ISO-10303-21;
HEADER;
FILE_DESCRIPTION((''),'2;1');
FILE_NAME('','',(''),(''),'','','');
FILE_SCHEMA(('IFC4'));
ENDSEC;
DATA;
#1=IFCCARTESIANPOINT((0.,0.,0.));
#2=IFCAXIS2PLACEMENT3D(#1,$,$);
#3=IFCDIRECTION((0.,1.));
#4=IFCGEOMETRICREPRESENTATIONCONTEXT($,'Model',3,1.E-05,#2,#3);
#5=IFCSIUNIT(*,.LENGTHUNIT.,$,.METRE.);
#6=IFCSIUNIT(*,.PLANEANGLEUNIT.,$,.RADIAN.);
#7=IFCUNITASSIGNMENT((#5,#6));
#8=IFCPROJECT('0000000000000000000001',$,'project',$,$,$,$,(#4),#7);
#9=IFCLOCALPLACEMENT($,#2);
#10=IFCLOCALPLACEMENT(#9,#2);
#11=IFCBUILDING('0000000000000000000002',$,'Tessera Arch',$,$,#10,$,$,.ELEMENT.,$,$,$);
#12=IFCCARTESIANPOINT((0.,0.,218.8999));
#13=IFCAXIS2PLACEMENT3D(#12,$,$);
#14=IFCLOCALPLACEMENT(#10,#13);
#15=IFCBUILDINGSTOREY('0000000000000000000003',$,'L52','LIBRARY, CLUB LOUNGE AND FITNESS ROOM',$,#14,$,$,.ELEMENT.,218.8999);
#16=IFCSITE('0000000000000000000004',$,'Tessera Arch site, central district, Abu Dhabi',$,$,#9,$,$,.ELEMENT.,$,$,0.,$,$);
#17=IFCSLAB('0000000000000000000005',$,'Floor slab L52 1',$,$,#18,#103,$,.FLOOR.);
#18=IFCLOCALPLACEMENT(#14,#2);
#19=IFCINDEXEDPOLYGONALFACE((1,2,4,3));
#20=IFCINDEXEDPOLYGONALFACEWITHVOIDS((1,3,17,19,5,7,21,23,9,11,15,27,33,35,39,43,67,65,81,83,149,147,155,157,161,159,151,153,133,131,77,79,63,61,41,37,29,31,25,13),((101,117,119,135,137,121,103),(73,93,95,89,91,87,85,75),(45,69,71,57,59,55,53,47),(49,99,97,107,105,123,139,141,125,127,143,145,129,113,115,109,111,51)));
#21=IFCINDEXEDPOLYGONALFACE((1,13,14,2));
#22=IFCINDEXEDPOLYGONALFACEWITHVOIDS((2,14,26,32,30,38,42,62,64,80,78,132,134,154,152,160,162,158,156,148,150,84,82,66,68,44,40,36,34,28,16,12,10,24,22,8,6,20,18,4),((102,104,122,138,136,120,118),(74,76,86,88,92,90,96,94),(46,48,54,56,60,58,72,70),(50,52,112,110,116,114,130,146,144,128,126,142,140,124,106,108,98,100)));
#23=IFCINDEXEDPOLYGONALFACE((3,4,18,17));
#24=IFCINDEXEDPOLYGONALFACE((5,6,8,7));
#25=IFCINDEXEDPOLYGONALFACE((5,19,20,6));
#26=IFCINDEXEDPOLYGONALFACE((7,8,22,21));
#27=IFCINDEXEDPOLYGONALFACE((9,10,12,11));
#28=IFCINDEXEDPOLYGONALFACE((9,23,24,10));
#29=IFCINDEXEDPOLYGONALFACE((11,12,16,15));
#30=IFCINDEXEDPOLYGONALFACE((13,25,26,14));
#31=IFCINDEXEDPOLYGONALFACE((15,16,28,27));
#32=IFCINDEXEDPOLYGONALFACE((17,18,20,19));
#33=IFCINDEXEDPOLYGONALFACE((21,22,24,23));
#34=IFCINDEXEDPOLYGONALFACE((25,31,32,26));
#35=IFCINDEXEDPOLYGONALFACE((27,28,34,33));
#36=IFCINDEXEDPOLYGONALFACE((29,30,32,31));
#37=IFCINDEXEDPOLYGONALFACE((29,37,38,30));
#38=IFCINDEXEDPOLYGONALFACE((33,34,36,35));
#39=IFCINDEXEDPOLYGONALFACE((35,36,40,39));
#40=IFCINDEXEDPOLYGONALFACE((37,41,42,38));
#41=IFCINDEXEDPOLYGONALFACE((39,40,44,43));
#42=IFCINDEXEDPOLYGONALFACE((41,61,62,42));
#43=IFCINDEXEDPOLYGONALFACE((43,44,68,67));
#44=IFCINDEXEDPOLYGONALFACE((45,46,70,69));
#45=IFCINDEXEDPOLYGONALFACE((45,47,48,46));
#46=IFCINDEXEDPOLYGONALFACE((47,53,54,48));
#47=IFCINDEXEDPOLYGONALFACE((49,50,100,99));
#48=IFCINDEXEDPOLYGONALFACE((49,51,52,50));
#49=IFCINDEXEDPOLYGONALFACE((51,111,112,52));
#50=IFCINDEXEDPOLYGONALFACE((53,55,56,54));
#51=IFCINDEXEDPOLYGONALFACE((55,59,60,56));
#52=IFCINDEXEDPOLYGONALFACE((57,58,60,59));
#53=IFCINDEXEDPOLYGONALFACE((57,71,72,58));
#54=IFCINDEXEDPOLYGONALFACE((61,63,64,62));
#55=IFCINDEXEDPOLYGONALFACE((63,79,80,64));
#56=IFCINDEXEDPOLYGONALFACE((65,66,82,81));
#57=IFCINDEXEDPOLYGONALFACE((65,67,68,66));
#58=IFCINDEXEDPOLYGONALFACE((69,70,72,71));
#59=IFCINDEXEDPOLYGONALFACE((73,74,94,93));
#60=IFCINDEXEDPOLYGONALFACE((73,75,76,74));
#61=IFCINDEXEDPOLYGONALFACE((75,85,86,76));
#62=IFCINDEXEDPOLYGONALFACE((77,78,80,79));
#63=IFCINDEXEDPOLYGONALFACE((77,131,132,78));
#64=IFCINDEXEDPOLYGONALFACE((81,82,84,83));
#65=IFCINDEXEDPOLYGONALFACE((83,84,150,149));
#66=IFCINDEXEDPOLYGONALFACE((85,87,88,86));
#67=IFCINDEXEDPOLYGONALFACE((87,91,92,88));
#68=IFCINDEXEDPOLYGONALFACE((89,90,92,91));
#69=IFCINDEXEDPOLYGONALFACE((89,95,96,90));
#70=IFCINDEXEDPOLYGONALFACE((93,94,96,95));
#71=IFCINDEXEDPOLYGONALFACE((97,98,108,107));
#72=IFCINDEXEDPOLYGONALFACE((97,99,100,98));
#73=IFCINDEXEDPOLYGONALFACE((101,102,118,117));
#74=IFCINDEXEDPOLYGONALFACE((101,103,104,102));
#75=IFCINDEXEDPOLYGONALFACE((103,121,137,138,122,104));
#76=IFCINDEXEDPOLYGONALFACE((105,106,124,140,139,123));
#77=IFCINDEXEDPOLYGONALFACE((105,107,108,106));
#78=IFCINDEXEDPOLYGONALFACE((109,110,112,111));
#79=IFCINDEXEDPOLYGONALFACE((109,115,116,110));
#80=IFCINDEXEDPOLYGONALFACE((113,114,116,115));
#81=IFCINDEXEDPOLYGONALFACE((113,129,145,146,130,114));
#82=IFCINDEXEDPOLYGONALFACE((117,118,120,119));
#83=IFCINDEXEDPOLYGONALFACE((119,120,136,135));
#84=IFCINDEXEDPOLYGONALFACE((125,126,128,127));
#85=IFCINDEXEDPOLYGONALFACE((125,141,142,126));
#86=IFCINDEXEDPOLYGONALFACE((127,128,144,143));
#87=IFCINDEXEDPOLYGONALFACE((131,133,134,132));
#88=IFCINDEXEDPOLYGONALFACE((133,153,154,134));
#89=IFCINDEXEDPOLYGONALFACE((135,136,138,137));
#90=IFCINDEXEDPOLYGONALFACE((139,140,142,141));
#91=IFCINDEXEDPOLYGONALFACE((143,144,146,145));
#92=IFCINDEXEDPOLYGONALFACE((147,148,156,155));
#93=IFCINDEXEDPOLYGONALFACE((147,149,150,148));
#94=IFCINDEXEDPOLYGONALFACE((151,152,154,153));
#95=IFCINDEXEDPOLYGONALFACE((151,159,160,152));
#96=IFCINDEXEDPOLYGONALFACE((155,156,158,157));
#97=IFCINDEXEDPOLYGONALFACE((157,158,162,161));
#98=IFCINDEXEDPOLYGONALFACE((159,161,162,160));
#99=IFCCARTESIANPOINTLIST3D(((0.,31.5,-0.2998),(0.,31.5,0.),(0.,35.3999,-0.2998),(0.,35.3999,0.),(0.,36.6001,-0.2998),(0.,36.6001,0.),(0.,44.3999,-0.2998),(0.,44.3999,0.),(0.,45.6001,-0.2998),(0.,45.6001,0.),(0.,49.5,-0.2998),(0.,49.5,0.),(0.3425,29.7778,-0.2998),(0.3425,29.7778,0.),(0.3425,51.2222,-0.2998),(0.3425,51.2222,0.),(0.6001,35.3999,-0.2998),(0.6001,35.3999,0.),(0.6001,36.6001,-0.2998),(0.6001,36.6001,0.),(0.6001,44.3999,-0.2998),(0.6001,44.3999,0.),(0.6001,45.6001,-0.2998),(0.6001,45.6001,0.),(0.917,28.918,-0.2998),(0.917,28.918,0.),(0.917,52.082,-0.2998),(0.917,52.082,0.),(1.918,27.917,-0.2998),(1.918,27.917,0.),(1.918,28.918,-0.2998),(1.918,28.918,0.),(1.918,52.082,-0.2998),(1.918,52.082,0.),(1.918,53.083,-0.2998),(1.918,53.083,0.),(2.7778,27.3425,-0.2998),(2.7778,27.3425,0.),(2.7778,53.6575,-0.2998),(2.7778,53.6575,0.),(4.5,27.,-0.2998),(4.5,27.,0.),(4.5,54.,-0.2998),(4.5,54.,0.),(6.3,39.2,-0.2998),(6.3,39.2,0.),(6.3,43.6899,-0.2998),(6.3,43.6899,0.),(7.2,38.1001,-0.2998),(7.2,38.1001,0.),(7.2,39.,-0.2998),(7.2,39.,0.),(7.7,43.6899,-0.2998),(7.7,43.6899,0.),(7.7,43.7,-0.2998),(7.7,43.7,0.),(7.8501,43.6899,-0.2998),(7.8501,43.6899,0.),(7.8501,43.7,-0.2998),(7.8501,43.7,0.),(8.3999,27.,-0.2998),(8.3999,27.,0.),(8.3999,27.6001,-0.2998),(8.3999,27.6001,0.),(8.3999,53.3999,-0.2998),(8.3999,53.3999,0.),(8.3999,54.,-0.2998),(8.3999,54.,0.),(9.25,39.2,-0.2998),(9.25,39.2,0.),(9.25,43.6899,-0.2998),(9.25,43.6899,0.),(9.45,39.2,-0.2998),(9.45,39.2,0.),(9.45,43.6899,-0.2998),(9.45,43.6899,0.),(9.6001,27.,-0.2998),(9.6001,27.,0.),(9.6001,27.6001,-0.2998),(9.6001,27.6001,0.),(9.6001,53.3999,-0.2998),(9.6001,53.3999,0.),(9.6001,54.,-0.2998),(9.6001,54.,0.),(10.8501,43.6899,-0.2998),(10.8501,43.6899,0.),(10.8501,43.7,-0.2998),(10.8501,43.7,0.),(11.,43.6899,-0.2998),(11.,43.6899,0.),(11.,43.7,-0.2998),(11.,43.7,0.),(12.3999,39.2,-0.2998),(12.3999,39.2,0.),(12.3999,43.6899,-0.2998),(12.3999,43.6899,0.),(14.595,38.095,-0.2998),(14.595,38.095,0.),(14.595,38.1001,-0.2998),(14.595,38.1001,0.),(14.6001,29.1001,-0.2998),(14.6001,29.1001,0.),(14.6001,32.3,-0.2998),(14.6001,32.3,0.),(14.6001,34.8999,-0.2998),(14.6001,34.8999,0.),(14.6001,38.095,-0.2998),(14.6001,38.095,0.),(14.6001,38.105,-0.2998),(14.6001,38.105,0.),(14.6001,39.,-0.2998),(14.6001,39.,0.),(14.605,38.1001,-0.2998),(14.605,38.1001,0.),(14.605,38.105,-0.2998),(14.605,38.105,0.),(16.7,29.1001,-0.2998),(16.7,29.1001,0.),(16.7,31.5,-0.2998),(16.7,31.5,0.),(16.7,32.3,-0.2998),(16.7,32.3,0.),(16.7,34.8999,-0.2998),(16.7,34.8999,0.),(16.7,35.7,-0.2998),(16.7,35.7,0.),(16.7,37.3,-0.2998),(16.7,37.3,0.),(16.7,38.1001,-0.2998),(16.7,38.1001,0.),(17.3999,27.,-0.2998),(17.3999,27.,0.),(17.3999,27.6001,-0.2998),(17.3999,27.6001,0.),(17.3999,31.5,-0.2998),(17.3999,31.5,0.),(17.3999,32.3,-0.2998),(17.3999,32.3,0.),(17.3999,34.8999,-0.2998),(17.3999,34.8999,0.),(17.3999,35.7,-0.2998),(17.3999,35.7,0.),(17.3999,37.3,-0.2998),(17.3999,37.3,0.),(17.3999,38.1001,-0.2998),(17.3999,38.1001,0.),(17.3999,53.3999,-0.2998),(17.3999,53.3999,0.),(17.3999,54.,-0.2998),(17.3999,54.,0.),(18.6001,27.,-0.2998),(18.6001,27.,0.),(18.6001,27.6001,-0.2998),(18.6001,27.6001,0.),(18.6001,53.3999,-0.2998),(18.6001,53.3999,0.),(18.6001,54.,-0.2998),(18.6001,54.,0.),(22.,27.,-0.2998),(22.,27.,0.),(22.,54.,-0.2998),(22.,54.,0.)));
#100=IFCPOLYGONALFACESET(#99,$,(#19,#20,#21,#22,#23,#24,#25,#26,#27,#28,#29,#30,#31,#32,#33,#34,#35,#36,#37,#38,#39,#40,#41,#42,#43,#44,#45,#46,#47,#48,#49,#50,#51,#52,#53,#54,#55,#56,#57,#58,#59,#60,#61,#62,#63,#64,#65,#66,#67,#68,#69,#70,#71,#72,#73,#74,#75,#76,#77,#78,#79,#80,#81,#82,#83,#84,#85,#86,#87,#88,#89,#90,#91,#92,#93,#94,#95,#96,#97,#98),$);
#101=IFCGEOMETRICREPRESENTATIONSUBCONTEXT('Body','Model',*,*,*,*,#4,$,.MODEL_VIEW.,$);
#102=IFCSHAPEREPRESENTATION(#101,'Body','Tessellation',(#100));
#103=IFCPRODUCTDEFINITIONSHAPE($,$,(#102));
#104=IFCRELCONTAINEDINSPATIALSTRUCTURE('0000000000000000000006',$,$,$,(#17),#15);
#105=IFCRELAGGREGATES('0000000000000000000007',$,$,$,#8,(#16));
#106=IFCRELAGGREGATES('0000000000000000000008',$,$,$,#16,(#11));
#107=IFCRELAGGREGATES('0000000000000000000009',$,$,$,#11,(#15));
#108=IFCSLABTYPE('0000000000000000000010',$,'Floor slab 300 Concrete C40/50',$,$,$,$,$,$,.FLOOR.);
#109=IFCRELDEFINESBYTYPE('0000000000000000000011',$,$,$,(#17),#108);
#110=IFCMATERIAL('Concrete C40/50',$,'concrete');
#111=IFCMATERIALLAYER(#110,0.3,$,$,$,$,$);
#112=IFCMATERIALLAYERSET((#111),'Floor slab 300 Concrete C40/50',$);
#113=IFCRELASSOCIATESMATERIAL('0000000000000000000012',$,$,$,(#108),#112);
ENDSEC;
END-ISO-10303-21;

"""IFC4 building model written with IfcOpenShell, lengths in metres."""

from ifc_helpers import new_model, si_unit, direction, frame, origin, place, context, subcontext, project, spatial, polyline, outline, extrude, material, layer, layer_set, type_object, element, save


model = new_model("IFC4")

# Units and contexts
model_context = context("Model", 3, precision=1e-05, world=origin(), true_north=direction((0.0, 1.0)))
body_context = subcontext(model_context, "Body", "Model", "MODEL_VIEW")
ifc_project = project(units=[si_unit("LENGTHUNIT", "METRE"), si_unit("PLANEANGLEUNIT", "RADIAN")], contexts=[model_context])

# Site, building, storey
site_placement = place(None, origin())
site = spatial("IfcSite", under=ifc_project, at=site_placement, Name="Tessera Arch site, central district, Abu Dhabi", CompositionType="ELEMENT", RefElevation=0.0)
building_placement = place(site_placement, origin())
building = spatial("IfcBuilding", under=site, at=building_placement, Name="Tessera Arch", CompositionType="ELEMENT")
storey_placement = place(building_placement, frame((0.0, 0.0, 218.8999)))
storey = spatial("IfcBuildingStorey", under=building, at=storey_placement, Name="L52", Description="LIBRARY, CLUB LOUNGE AND FITNESS ROOM", CompositionType="ELEMENT", Elevation=218.8999)

# Slab
ifc_material_1 = material(Name="Concrete C40/50", Category="concrete")
ifc_layer_1 = layer(ifc_material_1, 0.3)
ifc_layer_set_1 = layer_set([ifc_layer_1], Name="Floor slab 300 Concrete C40/50")
slab_type_1 = type_object("IfcSlabType", Name="Floor slab 300 Concrete C40/50", PredefinedType="FLOOR", material=ifc_layer_set_1)
slab_1_placement = place(storey_placement, frame((0.0, 0.0, -0.2998)))
element("IfcSlab", 1, at=slab_1_placement, inside=storey, type_object=slab_type_1, Name="Floor slab L52 1", PredefinedType="FLOOR", context=body_context, shape_type="SweptSolid", body=[
    extrude(outline(polyline([(1.918, 27.917), (1.918, 28.918), (0.917, 28.918), (0.3425, 29.7778), (0.0, 31.5), (0.0, 35.3999), (0.6001, 35.3999), (0.6001, 36.6001), (0.0, 36.6001), (0.0, 44.3999), (0.6001, 44.3999), (0.6001, 45.6001), (0.0, 45.6001), (0.0, 49.5), (0.3425, 51.2222), (0.917, 52.082), (1.918, 52.082), (1.918, 53.083), (2.7778, 53.6575), (4.5, 54.0), (8.3999, 54.0), (8.3999, 53.3999), (9.6001, 53.3999), (9.6001, 54.0), (17.3999, 54.0), (17.3999, 53.3999), (18.6001, 53.3999), (18.6001, 54.0), (22.0, 54.0), (22.0, 27.0), (18.6001, 27.0), (18.6001, 27.6001), (17.3999, 27.6001), (17.3999, 27.0), (9.6001, 27.0), (9.6001, 27.6001), (8.3999, 27.6001), (8.3999, 27.0), (4.5, 27.0), (2.7778, 27.3425), (1.918, 27.917)]), holes=[polyline([(14.6001, 29.1001), (16.7, 29.1001), (16.7, 31.5), (17.3999, 31.5), (17.3999, 32.3), (16.7, 32.3), (14.6001, 32.3), (14.6001, 29.1001)]), polyline([(17.3999, 35.7), (16.7, 35.7), (16.7, 37.3), (17.3999, 37.3), (17.3999, 38.1001), (16.7, 38.1001), (14.605, 38.1001), (14.605, 38.105), (14.6001, 38.105), (14.6001, 39.0), (7.2, 39.0), (7.2, 38.1001), (14.595, 38.1001), (14.595, 38.095), (14.6001, 38.095), (14.6001, 34.8999), (16.7, 34.8999), (17.3999, 34.8999), (17.3999, 35.7)]), polyline([(6.3, 43.6899), (6.3, 39.2), (9.25, 39.2), (9.25, 43.6899), (7.8501, 43.6899), (7.8501, 43.7), (7.7, 43.7), (7.7, 43.6899), (6.3, 43.6899)]), polyline([(9.45, 43.6899), (9.45, 39.2), (12.3999, 39.2), (12.3999, 43.6899), (11.0, 43.6899), (11.0, 43.7), (10.8501, 43.7), (10.8501, 43.6899), (9.45, 43.6899)])]), origin(), (0.0, 0.0, 1.0), 0.2998),
])

save(model, "model.ifc")
